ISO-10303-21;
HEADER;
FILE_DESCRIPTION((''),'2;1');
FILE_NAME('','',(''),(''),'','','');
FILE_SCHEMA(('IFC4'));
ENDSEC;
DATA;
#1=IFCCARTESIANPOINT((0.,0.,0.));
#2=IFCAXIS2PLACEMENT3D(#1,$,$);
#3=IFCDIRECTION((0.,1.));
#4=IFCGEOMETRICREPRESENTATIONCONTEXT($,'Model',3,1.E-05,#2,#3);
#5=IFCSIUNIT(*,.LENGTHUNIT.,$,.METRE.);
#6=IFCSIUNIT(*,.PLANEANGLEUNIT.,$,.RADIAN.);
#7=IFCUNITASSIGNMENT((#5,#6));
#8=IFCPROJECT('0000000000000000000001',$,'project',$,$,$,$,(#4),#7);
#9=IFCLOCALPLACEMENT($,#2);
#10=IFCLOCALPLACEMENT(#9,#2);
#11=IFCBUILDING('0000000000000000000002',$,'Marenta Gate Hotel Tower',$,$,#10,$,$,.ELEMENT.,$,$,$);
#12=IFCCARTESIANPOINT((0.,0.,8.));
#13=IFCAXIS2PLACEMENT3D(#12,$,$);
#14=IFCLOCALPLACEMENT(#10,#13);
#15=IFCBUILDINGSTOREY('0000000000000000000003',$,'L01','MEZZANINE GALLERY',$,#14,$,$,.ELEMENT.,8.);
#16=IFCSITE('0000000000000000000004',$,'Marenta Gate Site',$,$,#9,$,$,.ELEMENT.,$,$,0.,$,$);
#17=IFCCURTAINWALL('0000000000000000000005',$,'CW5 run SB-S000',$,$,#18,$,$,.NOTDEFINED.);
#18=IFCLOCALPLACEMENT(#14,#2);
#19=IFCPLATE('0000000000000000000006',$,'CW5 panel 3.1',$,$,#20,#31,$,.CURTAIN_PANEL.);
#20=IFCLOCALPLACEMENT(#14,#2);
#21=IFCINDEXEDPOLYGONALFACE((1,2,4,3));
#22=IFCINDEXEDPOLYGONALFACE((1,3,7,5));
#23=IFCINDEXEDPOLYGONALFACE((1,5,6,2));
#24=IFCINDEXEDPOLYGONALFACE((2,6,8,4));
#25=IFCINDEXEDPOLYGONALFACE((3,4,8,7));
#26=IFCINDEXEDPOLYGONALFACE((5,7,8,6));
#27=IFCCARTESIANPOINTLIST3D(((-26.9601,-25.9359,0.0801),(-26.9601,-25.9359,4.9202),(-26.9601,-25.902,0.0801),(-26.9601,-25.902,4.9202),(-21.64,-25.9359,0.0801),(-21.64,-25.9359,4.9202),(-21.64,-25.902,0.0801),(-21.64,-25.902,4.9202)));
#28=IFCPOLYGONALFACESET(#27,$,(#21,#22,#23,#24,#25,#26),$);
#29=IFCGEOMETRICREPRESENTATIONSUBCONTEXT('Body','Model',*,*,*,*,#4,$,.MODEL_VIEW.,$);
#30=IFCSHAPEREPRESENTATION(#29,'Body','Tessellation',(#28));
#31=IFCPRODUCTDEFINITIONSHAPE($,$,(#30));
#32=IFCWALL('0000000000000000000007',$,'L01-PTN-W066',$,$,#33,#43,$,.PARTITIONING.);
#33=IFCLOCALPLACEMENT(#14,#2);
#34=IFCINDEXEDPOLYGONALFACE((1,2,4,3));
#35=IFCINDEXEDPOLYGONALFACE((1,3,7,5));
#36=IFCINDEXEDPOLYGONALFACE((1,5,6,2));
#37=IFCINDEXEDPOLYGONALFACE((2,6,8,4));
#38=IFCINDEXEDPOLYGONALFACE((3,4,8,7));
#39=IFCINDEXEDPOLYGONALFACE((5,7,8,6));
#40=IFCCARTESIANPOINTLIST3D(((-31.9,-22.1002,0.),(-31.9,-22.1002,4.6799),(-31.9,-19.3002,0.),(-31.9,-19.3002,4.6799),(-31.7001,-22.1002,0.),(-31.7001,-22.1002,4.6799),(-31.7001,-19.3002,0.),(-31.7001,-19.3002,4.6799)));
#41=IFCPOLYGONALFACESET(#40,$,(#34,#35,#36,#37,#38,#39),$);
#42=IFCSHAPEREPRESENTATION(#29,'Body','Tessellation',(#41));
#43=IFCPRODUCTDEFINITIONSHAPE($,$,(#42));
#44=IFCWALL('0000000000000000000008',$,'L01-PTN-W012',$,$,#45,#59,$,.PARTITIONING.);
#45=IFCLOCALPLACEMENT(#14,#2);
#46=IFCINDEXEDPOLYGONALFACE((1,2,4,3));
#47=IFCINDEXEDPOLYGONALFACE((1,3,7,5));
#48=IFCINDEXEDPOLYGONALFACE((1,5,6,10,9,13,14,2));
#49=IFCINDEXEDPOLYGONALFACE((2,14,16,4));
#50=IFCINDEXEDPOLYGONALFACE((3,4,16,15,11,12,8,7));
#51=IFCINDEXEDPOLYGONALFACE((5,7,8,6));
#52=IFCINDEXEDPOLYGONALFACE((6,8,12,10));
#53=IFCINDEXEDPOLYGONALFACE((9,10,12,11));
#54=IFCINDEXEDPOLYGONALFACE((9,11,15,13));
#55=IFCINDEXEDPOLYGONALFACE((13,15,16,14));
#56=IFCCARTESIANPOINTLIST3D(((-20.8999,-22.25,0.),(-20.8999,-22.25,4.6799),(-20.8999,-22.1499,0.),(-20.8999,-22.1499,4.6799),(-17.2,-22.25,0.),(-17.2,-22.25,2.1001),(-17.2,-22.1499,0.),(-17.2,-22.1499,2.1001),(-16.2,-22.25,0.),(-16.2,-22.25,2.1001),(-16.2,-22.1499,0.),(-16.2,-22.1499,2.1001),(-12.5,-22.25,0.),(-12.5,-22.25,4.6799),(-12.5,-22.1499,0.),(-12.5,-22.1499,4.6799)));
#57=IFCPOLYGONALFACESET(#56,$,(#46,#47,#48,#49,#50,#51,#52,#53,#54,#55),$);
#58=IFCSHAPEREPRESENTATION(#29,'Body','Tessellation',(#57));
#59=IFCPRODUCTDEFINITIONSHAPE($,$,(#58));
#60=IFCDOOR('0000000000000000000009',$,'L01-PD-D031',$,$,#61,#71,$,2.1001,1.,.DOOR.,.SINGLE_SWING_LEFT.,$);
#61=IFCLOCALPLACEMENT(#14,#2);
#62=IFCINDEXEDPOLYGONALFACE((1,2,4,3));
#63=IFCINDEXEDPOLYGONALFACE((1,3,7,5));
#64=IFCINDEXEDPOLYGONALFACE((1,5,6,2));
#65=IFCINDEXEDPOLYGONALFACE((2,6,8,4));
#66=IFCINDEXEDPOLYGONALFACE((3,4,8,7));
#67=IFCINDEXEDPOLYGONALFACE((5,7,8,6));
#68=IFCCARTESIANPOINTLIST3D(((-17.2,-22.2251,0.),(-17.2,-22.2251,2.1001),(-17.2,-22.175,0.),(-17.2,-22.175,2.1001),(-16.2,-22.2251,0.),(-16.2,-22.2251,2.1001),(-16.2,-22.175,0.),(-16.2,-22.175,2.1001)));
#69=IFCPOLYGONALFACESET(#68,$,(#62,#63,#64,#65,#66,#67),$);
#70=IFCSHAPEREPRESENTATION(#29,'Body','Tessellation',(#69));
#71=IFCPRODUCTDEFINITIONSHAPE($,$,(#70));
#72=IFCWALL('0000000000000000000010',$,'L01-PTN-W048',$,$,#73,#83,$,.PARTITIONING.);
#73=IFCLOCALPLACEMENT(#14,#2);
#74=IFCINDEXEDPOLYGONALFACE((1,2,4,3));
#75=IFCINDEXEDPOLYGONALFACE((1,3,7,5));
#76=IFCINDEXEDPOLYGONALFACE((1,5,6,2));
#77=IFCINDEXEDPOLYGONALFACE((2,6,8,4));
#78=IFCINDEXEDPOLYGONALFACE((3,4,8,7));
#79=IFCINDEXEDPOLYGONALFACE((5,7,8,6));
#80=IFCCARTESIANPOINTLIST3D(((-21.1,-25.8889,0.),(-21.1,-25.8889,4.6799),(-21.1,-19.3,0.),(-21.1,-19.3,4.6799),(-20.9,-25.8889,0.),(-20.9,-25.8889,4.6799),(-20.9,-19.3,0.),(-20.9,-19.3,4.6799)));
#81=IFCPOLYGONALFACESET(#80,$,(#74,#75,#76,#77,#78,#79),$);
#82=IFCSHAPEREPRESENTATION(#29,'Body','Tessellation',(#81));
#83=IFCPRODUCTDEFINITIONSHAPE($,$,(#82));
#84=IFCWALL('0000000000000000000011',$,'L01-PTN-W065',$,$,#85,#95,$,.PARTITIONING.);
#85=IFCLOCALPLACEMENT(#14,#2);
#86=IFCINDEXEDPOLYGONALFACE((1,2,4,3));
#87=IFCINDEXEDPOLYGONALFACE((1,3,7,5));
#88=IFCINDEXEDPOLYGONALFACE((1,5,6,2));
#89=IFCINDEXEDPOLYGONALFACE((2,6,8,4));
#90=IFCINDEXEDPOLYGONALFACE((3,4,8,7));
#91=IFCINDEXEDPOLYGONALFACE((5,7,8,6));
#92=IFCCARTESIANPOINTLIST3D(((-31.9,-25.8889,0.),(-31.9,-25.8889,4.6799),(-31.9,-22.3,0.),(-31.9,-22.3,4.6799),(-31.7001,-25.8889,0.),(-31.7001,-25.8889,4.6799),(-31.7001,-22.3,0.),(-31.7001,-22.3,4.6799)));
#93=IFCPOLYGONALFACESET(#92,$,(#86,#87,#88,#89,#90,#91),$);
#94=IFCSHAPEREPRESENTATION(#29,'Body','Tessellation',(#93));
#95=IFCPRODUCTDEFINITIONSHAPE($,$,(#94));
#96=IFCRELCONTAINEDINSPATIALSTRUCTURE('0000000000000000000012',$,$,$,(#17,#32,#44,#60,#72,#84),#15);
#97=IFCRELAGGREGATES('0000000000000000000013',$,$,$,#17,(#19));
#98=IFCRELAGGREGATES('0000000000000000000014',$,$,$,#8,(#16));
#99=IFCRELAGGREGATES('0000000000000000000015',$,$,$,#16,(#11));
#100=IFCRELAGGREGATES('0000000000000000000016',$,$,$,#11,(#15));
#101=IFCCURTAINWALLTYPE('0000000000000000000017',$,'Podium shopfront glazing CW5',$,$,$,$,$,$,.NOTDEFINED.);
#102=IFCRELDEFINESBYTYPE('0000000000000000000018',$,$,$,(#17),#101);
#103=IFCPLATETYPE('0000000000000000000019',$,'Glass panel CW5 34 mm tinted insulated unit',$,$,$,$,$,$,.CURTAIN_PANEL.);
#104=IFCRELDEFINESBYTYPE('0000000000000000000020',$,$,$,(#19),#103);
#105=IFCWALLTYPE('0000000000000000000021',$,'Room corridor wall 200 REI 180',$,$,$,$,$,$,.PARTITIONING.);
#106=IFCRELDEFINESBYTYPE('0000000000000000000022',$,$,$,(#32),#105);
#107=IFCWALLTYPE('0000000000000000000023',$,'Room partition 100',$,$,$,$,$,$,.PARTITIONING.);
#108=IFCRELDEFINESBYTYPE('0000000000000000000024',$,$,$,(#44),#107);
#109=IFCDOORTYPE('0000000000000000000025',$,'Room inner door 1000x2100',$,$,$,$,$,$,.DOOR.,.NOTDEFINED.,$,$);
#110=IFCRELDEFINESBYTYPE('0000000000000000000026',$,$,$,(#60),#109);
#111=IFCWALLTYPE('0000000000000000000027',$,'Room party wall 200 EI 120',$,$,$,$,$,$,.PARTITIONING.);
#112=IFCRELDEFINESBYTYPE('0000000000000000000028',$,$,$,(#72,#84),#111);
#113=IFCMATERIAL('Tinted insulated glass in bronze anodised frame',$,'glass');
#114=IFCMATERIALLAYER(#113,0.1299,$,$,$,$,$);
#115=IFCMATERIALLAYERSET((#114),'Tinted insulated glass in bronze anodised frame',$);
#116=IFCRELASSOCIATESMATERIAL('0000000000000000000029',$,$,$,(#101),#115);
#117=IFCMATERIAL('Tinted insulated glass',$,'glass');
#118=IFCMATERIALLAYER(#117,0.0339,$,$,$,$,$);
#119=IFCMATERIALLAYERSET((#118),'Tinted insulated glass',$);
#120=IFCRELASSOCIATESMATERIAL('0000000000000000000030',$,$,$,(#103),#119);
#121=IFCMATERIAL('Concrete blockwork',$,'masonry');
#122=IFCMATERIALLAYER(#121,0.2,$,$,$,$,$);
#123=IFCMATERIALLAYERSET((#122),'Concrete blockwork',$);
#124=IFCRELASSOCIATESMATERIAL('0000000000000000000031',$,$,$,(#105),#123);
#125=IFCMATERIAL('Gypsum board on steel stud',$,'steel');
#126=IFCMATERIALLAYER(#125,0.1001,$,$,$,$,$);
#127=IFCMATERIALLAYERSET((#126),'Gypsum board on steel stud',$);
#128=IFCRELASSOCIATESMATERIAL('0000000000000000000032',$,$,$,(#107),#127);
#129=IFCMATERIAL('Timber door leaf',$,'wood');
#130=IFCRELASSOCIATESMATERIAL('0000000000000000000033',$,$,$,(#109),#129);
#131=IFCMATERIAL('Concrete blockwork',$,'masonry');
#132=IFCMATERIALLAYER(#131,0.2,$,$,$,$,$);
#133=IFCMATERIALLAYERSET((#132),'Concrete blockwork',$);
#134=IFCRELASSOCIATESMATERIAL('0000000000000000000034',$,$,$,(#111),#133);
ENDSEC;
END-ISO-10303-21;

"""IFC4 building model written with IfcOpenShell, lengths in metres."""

from ifc_helpers import new_model, si_unit, direction, frame, frame_2d, origin, origin_2d, place, context, subcontext, project, spatial, rectangle, extrude, material, layer, layer_set, type_object, element, fill, aggregate, save


model = new_model("IFC4")

# Units and contexts
model_context = context("Model", 3, precision=1e-05, world=origin(), true_north=direction((0.0, 1.0)))
body_context = subcontext(model_context, "Body", "Model", "MODEL_VIEW")
ifc_project = project(units=[si_unit("LENGTHUNIT", "METRE"), si_unit("PLANEANGLEUNIT", "RADIAN")], contexts=[model_context])

# Site, building, storey
site_placement = place(None, origin())
site = spatial("IfcSite", under=ifc_project, at=site_placement, Name="Marenta Gate Site", CompositionType="ELEMENT", RefElevation=0.0)
building_placement = place(site_placement, origin())
building = spatial("IfcBuilding", under=site, at=building_placement, Name="Marenta Gate Hotel Tower", CompositionType="ELEMENT")
storey_placement = place(building_placement, frame((0.0, 0.0, 8.0)))
storey = spatial("IfcBuildingStorey", under=building, at=storey_placement, Name="L01", Description="MEZZANINE GALLERY", CompositionType="ELEMENT", Elevation=8.0)

# Curtain wall
ifc_material_1 = material(Name="Tinted insulated glass in bronze anodised frame", Category="glass")
ifc_layer_1 = layer(ifc_material_1, 0.1299)
ifc_layer_set_1 = layer_set([ifc_layer_1], Name="Tinted insulated glass in bronze anodised frame")
curtain_wall_type = type_object("IfcCurtainWallType", Name="Podium shopfront glazing CW5", PredefinedType="NOTDEFINED", material=ifc_layer_set_1)
curtain_wall_placement = place(storey_placement, origin())
curtain_wall = element("IfcCurtainWall", 1, at=curtain_wall_placement, inside=storey, type_object=curtain_wall_type, Name="CW5 run SB-S000", PredefinedType="NOTDEFINED")

# Plate
ifc_material_2 = material(Name="Tinted insulated glass", Category="glass")
ifc_layer_2 = layer(ifc_material_2, 0.0339)
ifc_layer_set_2 = layer_set([ifc_layer_2], Name="Tinted insulated glass")
plate_type = type_object("IfcPlateType", Name="Glass panel CW5 34 mm tinted insulated unit", PredefinedType="CURTAIN_PANEL", material=ifc_layer_set_2)
plate_1_placement = place(storey_placement, frame((-24.3, -25.9189, 0.0801), z_axis=(0.0, 0.0, 1.0), x_axis=(1.0, 0.0, 0.0)))
plate_1 = element("IfcPlate", 2, at=plate_1_placement, type_object=plate_type, Name="CW5 panel 3.1", PredefinedType="CURTAIN_PANEL", context=body_context, shape_type="SweptSolid", body=[
    extrude(rectangle(XDim=5.3201, YDim=0.0339, at=origin_2d()), origin(), (0.0, 0.0, 1.0), 4.8401),
])
aggregate(curtain_wall, [plate_1])

# Shared definitions
ifc_material_3 = material(Name="Concrete blockwork", Category="masonry")
ifc_layer_3 = layer(ifc_material_3, 0.2)
ifc_layer_set_3 = layer_set([ifc_layer_3], Name="Concrete blockwork")
wall_type_1 = type_object("IfcWallType", Name="Room corridor wall 200 REI 180", PredefinedType="PARTITIONING", material=ifc_layer_set_3)

# Wall
wall_1_placement = place(storey_placement, frame((-31.8, -22.1001, 0.0), z_axis=(0.0, 0.0, 1.0), x_axis=(0.0, 1.0, 0.0)))
element("IfcWall", 3, at=wall_1_placement, inside=storey, type_object=wall_type_1, Name="L01-PTN-W066", PredefinedType="PARTITIONING", context=body_context, shape_type="SweptSolid", body=[
    extrude(rectangle(XDim=2.8, YDim=0.2, at=frame_2d((1.3999, 0.0))), origin(), (0.0, 0.0, 1.0), 4.6799),
])

# Wall, opening, door
ifc_material_4 = material(Name="Gypsum board on steel stud", Category="steel")
ifc_layer_4 = layer(ifc_material_4, 0.1001)
ifc_layer_set_4 = layer_set([ifc_layer_4], Name="Gypsum board on steel stud")
wall_type_2 = type_object("IfcWallType", Name="Room partition 100", PredefinedType="PARTITIONING", material=ifc_layer_set_4)
wall_2_placement = place(storey_placement, frame((-20.8999, -22.2, 0.0), z_axis=(0.0, 0.0, 1.0), x_axis=(1.0, 0.0, 0.0)))
wall_2 = element("IfcWall", 4, at=wall_2_placement, inside=storey, type_object=wall_type_2, Name="L01-PTN-W012", PredefinedType="PARTITIONING", context=body_context, shape_type="SweptSolid", body=[
    extrude(rectangle(XDim=8.3999, YDim=0.1001, at=frame_2d((4.2, 0.0))), origin(), (0.0, 0.0, 1.0), 4.6799),
])
opening_1_placement = place(wall_2_placement, frame((3.7, 0.0, 0.0)))
opening_1 = element("IfcOpeningElement", 5, at=opening_1_placement, cuts=wall_2, PredefinedType="OPENING", context=body_context, shape_type="SweptSolid", body=[
    extrude(rectangle(XDim=1.0, YDim=2.1001, at=frame_2d((0.5, 1.05))), frame((0.0, 0.05, 0.0), z_axis=(0.0, -1.0, 0.0), x_axis=(1.0, 0.0, 0.0)), (0.0, 0.0, 1.0), 0.1001),
])
ifc_material_5 = material(Name="Timber door leaf", Category="wood")
door_type_1 = type_object("IfcDoorType", Name="Room inner door 1000x2100", OperationType="NOTDEFINED", PredefinedType="DOOR", material=ifc_material_5)
door_1_placement = place(opening_1_placement, origin())
door_1 = element("IfcDoor", 6, at=door_1_placement, inside=storey, type_object=door_type_1, Name="L01-PD-D031", OperationType="SINGLE_SWING_LEFT", OverallHeight=2.1001, OverallWidth=1.0, PredefinedType="DOOR", context=body_context, shape_type="SweptSolid", body=[
    extrude(rectangle(XDim=1.0, YDim=2.1001, at=frame_2d((0.5, 1.05))), frame((0.0, 0.0249, 0.0), z_axis=(0.0, -1.0, 0.0), x_axis=(1.0, 0.0, 0.0)), (0.0, 0.0, 1.0), 0.05),
])
fill(opening_1, door_1)

# Walls
ifc_material_6 = material(Name="Concrete blockwork", Category="masonry")
ifc_layer_5 = layer(ifc_material_6, 0.2)
ifc_layer_set_5 = layer_set([ifc_layer_5], Name="Concrete blockwork")
wall_type_3 = type_object("IfcWallType", Name="Room party wall 200 EI 120", PredefinedType="PARTITIONING", material=ifc_layer_set_5)
wall_3_placement = place(storey_placement, frame((-21.0, -25.8889, 0.0), z_axis=(0.0, 0.0, 1.0), x_axis=(0.0, 1.0, 0.0)))
element("IfcWall", 7, at=wall_3_placement, inside=storey, type_object=wall_type_3, Name="L01-PTN-W048", PredefinedType="PARTITIONING", context=body_context, shape_type="SweptSolid", body=[
    extrude(rectangle(XDim=6.5889, YDim=0.2, at=frame_2d((3.2944, 0.0))), origin(), (0.0, 0.0, 1.0), 4.6799),
])
wall_4_placement = place(storey_placement, frame((-31.8, -25.8889, 0.0), z_axis=(0.0, 0.0, 1.0), x_axis=(0.0, 1.0, 0.0)))
element("IfcWall", 8, at=wall_4_placement, inside=storey, type_object=wall_type_3, Name="L01-PTN-W065", PredefinedType="PARTITIONING", context=body_context, shape_type="SweptSolid", body=[
    extrude(rectangle(XDim=3.5889, YDim=0.2, at=frame_2d((1.7944, 0.0))), origin(), (0.0, 0.0, 1.0), 4.6799),
])

save(model, "model.ifc")
